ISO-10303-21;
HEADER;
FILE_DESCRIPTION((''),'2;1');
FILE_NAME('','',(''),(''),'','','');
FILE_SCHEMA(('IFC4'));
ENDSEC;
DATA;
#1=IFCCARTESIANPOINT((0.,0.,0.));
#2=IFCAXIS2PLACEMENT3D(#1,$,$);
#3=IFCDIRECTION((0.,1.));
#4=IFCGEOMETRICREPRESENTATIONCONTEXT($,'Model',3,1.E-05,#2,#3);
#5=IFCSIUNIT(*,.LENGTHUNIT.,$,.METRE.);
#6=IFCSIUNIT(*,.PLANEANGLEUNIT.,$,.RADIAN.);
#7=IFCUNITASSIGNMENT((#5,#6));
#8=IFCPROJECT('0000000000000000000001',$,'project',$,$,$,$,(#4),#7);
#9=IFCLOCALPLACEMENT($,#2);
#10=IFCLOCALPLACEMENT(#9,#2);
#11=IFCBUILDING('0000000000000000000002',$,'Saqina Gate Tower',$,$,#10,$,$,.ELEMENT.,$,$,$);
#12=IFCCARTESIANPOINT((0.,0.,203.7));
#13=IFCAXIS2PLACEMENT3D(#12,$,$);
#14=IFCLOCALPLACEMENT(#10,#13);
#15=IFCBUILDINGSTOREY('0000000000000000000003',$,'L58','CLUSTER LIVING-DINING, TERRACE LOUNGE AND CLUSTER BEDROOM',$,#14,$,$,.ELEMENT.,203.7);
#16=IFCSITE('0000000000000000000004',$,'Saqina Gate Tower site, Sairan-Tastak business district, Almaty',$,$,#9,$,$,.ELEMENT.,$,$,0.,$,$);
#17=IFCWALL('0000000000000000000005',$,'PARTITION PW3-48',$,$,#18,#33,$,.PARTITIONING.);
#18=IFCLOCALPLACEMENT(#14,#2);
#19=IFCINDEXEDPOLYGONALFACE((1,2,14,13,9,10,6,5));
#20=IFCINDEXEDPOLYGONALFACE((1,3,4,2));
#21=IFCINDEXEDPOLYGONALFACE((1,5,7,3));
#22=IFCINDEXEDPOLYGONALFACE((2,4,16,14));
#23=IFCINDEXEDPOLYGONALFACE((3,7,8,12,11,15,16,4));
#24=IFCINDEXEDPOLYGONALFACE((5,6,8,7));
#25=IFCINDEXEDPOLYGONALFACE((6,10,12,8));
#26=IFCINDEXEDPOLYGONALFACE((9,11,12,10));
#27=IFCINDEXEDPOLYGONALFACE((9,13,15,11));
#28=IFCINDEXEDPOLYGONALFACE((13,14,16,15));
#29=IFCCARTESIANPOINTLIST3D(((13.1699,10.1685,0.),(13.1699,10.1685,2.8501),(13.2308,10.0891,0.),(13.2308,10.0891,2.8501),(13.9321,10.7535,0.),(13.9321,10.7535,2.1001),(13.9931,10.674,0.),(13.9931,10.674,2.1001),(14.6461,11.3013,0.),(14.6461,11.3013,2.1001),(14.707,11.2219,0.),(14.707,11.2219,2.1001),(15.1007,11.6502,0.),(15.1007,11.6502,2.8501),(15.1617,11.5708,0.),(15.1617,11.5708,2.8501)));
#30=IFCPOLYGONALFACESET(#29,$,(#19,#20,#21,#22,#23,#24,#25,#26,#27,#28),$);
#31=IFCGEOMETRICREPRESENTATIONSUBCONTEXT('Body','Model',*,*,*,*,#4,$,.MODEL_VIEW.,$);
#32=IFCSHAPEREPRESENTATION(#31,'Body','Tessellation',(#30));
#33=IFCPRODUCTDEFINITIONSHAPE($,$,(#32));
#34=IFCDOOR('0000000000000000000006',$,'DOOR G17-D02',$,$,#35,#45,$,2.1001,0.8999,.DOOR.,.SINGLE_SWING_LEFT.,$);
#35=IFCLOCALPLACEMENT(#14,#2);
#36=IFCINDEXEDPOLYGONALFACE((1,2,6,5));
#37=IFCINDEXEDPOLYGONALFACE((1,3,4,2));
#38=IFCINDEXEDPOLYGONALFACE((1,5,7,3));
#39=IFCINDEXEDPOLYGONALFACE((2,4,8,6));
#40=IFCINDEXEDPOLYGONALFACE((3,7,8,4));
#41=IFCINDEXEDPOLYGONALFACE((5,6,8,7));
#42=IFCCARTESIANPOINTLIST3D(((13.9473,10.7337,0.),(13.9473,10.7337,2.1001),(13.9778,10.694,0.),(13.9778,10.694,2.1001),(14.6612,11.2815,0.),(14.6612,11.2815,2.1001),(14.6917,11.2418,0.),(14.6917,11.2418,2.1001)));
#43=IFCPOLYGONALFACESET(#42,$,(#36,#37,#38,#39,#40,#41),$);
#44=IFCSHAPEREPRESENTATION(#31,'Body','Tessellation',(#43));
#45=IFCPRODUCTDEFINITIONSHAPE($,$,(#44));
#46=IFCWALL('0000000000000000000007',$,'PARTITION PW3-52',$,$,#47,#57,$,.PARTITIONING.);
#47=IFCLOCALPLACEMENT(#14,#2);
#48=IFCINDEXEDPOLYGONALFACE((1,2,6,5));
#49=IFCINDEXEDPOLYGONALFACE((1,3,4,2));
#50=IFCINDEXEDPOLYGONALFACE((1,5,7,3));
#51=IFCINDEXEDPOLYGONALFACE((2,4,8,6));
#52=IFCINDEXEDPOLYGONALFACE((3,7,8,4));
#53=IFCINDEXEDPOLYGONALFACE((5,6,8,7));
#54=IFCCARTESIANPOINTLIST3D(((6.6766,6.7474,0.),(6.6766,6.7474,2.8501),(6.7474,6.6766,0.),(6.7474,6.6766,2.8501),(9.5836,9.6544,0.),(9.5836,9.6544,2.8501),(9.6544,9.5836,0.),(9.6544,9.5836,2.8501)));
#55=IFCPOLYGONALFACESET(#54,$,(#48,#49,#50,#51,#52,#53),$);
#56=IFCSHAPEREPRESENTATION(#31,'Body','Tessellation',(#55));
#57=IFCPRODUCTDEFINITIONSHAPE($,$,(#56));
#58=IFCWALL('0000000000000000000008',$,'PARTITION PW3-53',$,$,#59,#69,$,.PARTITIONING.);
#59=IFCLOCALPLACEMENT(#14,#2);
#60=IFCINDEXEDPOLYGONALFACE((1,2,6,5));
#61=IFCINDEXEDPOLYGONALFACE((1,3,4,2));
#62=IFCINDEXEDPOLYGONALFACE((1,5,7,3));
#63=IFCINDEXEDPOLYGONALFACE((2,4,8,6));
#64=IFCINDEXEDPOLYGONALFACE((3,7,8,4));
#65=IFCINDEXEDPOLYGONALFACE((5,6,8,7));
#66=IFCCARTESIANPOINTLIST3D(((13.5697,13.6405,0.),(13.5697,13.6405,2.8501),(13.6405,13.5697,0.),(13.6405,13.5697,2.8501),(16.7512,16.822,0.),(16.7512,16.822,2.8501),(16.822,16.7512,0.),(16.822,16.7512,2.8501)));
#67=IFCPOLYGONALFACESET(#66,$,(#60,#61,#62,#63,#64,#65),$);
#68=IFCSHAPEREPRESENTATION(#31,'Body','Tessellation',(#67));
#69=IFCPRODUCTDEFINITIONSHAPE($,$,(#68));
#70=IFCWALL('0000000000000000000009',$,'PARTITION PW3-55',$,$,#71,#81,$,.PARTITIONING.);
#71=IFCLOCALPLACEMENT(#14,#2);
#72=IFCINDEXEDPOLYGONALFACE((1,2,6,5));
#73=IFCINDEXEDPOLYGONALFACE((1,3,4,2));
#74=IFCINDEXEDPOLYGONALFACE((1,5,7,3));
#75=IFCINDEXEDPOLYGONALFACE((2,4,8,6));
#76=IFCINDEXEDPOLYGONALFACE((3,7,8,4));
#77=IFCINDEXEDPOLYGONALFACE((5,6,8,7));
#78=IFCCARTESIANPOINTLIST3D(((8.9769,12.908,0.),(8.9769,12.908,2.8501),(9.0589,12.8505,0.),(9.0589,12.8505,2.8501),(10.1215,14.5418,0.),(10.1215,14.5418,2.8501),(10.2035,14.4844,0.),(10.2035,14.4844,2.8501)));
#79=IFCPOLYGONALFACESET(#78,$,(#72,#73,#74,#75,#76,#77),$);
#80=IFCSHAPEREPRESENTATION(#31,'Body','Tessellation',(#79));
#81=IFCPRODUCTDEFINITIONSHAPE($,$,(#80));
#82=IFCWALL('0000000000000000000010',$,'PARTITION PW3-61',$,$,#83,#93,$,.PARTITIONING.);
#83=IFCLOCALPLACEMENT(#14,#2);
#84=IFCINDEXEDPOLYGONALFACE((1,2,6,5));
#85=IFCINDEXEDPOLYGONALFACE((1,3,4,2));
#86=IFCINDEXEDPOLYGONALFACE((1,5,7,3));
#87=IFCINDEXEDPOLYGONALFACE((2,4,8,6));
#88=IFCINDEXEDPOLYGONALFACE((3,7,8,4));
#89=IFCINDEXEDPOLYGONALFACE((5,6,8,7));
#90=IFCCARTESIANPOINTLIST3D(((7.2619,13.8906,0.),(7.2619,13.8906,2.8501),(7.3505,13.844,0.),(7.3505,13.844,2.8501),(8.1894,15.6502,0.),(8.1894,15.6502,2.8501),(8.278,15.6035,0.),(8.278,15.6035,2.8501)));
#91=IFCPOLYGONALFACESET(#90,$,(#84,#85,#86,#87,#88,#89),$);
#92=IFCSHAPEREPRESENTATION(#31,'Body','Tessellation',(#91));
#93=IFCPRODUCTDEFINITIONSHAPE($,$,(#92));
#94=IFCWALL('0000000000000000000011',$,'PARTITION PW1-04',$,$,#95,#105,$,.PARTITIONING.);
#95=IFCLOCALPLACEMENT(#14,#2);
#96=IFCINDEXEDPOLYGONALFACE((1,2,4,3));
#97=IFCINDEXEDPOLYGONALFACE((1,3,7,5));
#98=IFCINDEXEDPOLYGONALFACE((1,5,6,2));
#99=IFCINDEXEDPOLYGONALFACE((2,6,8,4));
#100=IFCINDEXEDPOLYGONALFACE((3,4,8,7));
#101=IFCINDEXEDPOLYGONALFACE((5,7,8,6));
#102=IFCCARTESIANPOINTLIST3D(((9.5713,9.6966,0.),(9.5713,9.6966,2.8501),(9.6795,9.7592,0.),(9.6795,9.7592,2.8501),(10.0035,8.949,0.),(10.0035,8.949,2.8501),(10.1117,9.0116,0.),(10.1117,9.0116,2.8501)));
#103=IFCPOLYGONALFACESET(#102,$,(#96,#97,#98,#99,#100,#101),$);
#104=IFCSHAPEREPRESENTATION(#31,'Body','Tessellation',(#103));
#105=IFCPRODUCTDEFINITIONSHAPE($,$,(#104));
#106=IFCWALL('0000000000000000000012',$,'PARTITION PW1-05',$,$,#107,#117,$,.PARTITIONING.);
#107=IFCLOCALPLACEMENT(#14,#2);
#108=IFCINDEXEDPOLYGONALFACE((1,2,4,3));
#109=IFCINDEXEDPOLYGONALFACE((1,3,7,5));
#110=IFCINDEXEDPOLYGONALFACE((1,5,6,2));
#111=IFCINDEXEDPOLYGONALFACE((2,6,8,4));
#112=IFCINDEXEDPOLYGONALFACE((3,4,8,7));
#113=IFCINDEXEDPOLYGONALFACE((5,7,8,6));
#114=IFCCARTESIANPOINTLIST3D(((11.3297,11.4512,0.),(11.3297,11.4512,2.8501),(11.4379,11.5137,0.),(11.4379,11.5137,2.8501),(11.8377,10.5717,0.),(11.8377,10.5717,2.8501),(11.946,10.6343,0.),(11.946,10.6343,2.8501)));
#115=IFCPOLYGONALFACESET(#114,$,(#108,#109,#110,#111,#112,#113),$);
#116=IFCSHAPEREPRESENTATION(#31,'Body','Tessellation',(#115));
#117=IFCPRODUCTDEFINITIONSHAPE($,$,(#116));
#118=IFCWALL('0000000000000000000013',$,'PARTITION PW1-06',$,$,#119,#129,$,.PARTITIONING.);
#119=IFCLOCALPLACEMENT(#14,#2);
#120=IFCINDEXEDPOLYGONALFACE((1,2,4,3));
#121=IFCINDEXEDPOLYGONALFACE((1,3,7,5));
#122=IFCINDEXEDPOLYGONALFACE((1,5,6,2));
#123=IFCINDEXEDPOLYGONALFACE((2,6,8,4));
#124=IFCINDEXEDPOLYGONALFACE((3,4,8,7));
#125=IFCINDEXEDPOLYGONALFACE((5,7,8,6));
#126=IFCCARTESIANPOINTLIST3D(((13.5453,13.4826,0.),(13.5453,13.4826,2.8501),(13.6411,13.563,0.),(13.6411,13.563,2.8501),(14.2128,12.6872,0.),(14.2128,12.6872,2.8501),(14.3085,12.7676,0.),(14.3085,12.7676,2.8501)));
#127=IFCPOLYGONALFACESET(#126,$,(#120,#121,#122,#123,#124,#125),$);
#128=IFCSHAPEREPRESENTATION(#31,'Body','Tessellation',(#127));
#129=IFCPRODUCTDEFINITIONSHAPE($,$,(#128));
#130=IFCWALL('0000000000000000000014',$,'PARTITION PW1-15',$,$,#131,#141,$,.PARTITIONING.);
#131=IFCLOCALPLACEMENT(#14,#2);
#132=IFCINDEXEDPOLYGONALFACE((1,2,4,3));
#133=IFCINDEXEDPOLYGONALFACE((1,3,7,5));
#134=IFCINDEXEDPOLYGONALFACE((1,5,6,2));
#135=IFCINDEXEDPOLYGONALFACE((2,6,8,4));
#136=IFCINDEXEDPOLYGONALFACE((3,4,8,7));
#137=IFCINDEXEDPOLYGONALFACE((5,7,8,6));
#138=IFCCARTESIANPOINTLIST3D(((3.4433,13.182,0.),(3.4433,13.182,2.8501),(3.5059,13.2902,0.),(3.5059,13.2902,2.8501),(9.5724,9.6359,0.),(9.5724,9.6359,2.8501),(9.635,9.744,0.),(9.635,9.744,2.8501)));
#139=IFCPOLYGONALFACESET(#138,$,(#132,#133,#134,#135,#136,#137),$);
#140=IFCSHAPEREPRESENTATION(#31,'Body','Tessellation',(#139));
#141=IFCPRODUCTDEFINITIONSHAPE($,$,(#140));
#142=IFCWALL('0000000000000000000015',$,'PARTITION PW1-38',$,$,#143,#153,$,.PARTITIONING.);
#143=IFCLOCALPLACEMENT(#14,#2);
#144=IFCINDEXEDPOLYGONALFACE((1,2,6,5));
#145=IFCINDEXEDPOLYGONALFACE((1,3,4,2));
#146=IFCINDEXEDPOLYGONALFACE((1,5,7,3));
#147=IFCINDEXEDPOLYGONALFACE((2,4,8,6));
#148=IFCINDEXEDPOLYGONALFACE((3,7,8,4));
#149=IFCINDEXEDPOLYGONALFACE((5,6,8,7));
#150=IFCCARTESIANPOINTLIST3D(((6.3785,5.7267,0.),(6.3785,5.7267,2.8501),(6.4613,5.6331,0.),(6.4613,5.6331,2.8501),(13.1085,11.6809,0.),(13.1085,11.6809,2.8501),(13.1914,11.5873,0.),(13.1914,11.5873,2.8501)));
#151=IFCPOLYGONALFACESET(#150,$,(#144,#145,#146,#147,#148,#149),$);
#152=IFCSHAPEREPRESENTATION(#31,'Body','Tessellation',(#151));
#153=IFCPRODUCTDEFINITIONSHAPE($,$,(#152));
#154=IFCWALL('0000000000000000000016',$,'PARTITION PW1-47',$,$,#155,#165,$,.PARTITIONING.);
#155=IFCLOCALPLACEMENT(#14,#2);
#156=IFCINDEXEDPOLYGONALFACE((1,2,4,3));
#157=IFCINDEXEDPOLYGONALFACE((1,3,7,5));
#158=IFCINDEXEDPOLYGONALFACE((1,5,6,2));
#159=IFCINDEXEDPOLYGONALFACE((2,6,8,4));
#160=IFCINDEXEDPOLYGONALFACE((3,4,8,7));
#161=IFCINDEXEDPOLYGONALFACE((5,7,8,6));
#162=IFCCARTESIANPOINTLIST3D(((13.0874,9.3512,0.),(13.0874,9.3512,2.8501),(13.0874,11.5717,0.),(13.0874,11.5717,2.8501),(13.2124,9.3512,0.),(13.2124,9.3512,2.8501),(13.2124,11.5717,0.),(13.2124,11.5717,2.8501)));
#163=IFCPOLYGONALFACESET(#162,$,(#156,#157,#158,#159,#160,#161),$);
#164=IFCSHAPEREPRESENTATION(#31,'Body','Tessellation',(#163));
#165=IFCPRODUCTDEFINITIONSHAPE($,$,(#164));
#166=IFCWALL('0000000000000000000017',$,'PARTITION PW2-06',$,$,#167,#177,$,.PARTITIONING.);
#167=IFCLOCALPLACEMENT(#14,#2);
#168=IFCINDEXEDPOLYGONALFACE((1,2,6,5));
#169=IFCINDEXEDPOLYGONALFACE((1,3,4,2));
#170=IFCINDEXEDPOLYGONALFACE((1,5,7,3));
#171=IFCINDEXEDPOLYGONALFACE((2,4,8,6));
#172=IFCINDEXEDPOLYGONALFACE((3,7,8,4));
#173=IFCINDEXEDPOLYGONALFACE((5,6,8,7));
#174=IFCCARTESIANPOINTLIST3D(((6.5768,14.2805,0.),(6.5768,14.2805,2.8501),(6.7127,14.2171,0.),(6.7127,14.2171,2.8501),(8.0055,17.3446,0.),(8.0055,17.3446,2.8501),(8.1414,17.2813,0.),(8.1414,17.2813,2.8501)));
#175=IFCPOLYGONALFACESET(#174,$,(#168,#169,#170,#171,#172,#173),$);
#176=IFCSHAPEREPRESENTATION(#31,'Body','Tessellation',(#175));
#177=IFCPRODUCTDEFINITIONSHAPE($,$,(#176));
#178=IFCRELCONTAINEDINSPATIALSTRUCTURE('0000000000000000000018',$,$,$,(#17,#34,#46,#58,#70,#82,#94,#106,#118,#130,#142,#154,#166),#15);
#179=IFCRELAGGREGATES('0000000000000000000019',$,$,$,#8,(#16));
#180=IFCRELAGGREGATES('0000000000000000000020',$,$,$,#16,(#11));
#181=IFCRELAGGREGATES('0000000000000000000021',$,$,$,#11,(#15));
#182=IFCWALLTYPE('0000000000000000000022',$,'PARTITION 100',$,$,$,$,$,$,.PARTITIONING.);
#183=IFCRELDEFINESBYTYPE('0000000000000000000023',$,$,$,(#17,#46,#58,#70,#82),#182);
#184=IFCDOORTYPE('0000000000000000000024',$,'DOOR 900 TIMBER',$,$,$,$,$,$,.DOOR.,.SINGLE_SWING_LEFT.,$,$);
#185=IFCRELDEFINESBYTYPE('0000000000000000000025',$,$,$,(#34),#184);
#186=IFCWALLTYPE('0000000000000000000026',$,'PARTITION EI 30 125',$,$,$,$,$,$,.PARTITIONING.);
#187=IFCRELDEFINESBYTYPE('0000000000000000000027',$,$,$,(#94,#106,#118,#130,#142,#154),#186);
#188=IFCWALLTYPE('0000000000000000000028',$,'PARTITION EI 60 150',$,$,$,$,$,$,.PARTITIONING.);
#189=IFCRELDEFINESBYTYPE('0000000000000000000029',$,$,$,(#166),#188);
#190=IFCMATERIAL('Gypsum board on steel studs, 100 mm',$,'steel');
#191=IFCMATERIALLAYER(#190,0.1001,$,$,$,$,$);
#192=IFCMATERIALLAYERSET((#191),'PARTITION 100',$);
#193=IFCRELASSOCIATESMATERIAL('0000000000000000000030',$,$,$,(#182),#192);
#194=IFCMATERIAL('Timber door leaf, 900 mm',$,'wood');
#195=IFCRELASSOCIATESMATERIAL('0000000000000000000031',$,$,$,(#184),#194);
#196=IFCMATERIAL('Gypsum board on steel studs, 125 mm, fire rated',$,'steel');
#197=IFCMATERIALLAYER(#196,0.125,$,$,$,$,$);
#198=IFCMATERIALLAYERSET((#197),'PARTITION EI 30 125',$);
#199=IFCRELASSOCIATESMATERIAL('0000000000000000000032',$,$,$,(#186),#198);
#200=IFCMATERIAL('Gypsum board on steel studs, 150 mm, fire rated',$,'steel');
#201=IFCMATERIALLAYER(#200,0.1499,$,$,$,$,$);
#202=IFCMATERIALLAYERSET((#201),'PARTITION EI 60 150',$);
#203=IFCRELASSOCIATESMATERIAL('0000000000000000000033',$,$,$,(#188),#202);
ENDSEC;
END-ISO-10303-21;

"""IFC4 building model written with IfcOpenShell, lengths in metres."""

from ifc_helpers import new_model, si_unit, direction, frame, frame_2d, origin, place, context, subcontext, project, spatial, rectangle, extrude, material, layer, layer_set, type_object, element, fill, save


model = new_model("IFC4")

# Units and contexts
model_context = context("Model", 3, precision=1e-05, world=origin(), true_north=direction((0.0, 1.0)))
body_context = subcontext(model_context, "Body", "Model", "MODEL_VIEW")
ifc_project = project(units=[si_unit("LENGTHUNIT", "METRE"), si_unit("PLANEANGLEUNIT", "RADIAN")], contexts=[model_context])

# Site, building, storey
site_placement = place(None, origin())
site = spatial("IfcSite", under=ifc_project, at=site_placement, Name="Saqina Gate Tower site, Sairan-Tastak business district, Almaty", CompositionType="ELEMENT", RefElevation=0.0)
building_placement = place(site_placement, origin())
building = spatial("IfcBuilding", under=site, at=building_placement, Name="Saqina Gate Tower", CompositionType="ELEMENT")
storey_placement = place(building_placement, frame((0.0, 0.0, 203.7)))
storey = spatial("IfcBuildingStorey", under=building, at=storey_placement, Name="L58", Description="CLUSTER LIVING-DINING, TERRACE LOUNGE AND CLUSTER BEDROOM", CompositionType="ELEMENT", Elevation=203.7)

# Shared definitions
ifc_material_1 = material(Name="Gypsum board on steel studs, 100 mm", Category="steel")
ifc_layer_1 = layer(ifc_material_1, 0.1001)
ifc_layer_set_1 = layer_set([ifc_layer_1], Name="PARTITION 100")
wall_type_1 = type_object("IfcWallType", Name="PARTITION 100", PredefinedType="PARTITIONING", material=ifc_layer_set_1)

# Wall, opening, door
wall_1_placement = place(storey_placement, frame((13.2004, 10.1289, 0.0), z_axis=(0.0, 0.0, 1.0), x_axis=(0.793343, 0.608775, 0.0)))
wall_1 = element("IfcWall", 1, at=wall_1_placement, inside=storey, type_object=wall_type_1, Name="PARTITION PW3-48", PredefinedType="PARTITIONING", context=body_context, shape_type="SweptSolid", body=[
    extrude(rectangle(XDim=2.4338, YDim=0.1001, at=frame_2d((1.2168, 0.0))), origin(), (0.0, 0.0, 1.0), 2.8501),
])
opening_1_placement = place(wall_1_placement, frame((0.9607, 0.0, 0.0)))
opening_1 = element("IfcOpeningElement", 2, at=opening_1_placement, cuts=wall_1, PredefinedType="OPENING", context=body_context, shape_type="SweptSolid", body=[
    extrude(rectangle(XDim=0.8999, YDim=2.1001, at=frame_2d((0.45, 1.05))), frame((0.0, 0.062, 0.0), z_axis=(0.0, -1.0, 0.0), x_axis=(1.0, 0.0, 0.0)), (0.0, 0.0, 1.0), 0.124),
])
ifc_material_2 = material(Name="Timber door leaf, 900 mm", Category="wood")
door_type_1 = type_object("IfcDoorType", Name="DOOR 900 TIMBER", OperationType="SINGLE_SWING_LEFT", PredefinedType="DOOR", material=ifc_material_2)
door_1_placement = place(opening_1_placement, frame((0.8999, 0.0, 0.0), z_axis=(0.0, 0.0, 1.0), x_axis=(-1.0, 0.0, 0.0)))
door_1 = element("IfcDoor", 3, at=door_1_placement, inside=storey, type_object=door_type_1, Name="DOOR G17-D02", OperationType="SINGLE_SWING_LEFT", OverallHeight=2.1001, OverallWidth=0.8999, PredefinedType="DOOR", context=body_context, shape_type="SweptSolid", body=[
    extrude(rectangle(XDim=0.8999, YDim=2.1001, at=frame_2d((0.45, 1.05))), frame((0.0, 0.0249, 0.0), z_axis=(0.0, -1.0, 0.0), x_axis=(1.0, 0.0, 0.0)), (0.0, 0.0, 1.0), 0.05),
])
fill(opening_1, door_1)

# Walls
wall_2_placement = place(storey_placement, frame((6.7119, 6.7119, 0.0), z_axis=(0.0, 0.0, 1.0), x_axis=(0.707107, 0.707107, 0.0)))
element("IfcWall", 4, at=wall_2_placement, inside=storey, type_object=wall_type_1, Name="PARTITION PW3-52", PredefinedType="PARTITIONING", context=body_context, shape_type="SweptSolid", body=[
    extrude(rectangle(XDim=4.1111, YDim=0.1001, at=frame_2d((2.0557, 0.0))), origin(), (0.0, 0.0, 1.0), 2.8501),
])
wall_3_placement = place(storey_placement, frame((13.6052, 13.6052, 0.0), z_axis=(0.0, 0.0, 1.0), x_axis=(0.707107, 0.707107, 0.0)))
element("IfcWall", 5, at=wall_3_placement, inside=storey, type_object=wall_type_1, Name="PARTITION PW3-53", PredefinedType="PARTITIONING", context=body_context, shape_type="SweptSolid", body=[
    extrude(rectangle(XDim=4.4993, YDim=0.1001, at=frame_2d((2.2495, 0.0))), origin(), (0.0, 0.0, 1.0), 2.8501),
])
wall_4_placement = place(storey_placement, frame((9.0178, 12.8792, 0.0), z_axis=(0.0, 0.0, 1.0), x_axis=(0.573758, 0.819025, 0.0)))
element("IfcWall", 6, at=wall_4_placement, inside=storey, type_object=wall_type_1, Name="PARTITION PW3-55", PredefinedType="PARTITIONING", context=body_context, shape_type="SweptSolid", body=[
    extrude(rectangle(XDim=1.9949, YDim=0.1001, at=frame_2d((0.9976, 0.0))), origin(), (0.0, 0.0, 1.0), 2.8501),
])
wall_5_placement = place(storey_placement, frame((7.3062, 13.8672, 0.0), z_axis=(0.0, 0.0, 1.0), x_axis=(0.466308, 0.884622, 0.0)))
element("IfcWall", 7, at=wall_5_placement, inside=storey, type_object=wall_type_1, Name="PARTITION PW3-61", PredefinedType="PARTITIONING", context=body_context, shape_type="SweptSolid", body=[
    extrude(rectangle(XDim=1.989, YDim=0.1001, at=frame_2d((0.9946, 0.0))), origin(), (0.0, 0.0, 1.0), 2.8501),
])
ifc_material_3 = material(Name="Gypsum board on steel studs, 125 mm, fire rated", Category="steel")
ifc_layer_2 = layer(ifc_material_3, 0.125)
ifc_layer_set_2 = layer_set([ifc_layer_2], Name="PARTITION EI 30 125")
wall_type_2 = type_object("IfcWallType", Name="PARTITION EI 30 125", PredefinedType="PARTITIONING", material=ifc_layer_set_2)
wall_6_placement = place(storey_placement, frame((9.6255, 9.7278, 0.0), z_axis=(0.0, 0.0, 1.0), x_axis=(0.500457, -0.865762, 0.0)))
element("IfcWall", 8, at=wall_6_placement, inside=storey, type_object=wall_type_2, Name="PARTITION PW1-04", PredefinedType="PARTITIONING", context=body_context, shape_type="SweptSolid", body=[
    extrude(rectangle(XDim=0.8635, YDim=0.125, at=frame_2d((0.4316, 0.0))), origin(), (0.0, 0.0, 1.0), 2.8501),
])
wall_7_placement = place(storey_placement, frame((11.3838, 11.4824, 0.0), z_axis=(0.0, 0.0, 1.0), x_axis=(0.50025, -0.865881, 0.0)))
element("IfcWall", 9, at=wall_7_placement, inside=storey, type_object=wall_type_2, Name="PARTITION PW1-05", PredefinedType="PARTITIONING", context=body_context, shape_type="SweptSolid", body=[
    extrude(rectangle(XDim=1.0156, YDim=0.125, at=frame_2d((0.5078, 0.0))), origin(), (0.0, 0.0, 1.0), 2.8501),
])
wall_8_placement = place(storey_placement, frame((13.5933, 13.5227, 0.0), z_axis=(0.0, 0.0, 1.0), x_axis=(0.642817, -0.76602, 0.0)))
element("IfcWall", 10, at=wall_8_placement, inside=storey, type_object=wall_type_2, Name="PARTITION PW1-06", PredefinedType="PARTITIONING", context=body_context, shape_type="SweptSolid", body=[
    extrude(rectangle(XDim=1.0383, YDim=0.125, at=frame_2d((0.519, 0.0))), origin(), (0.0, 0.0, 1.0), 2.8501),
])
wall_9_placement = place(storey_placement, frame((3.4746, 13.2361, 0.0), z_axis=(0.0, 0.0, 1.0), x_axis=(0.865568, -0.500792, 0.0)))
element("IfcWall", 11, at=wall_9_placement, inside=storey, type_object=wall_type_2, Name="PARTITION PW1-15", PredefinedType="PARTITIONING", context=body_context, shape_type="SweptSolid", body=[
    extrude(rectangle(XDim=7.0811, YDim=0.125, at=frame_2d((3.5405, 0.0))), origin(), (0.0, 0.0, 1.0), 2.8501),
])
wall_10_placement = place(storey_placement, frame((6.4199, 5.6799, 0.0), z_axis=(0.0, 0.0, 1.0), x_axis=(0.74896, 0.662615, 0.0)))
element("IfcWall", 12, at=wall_10_placement, inside=storey, type_object=wall_type_2, Name="PARTITION PW1-38", PredefinedType="PARTITIONING", context=body_context, shape_type="SweptSolid", body=[
    extrude(rectangle(XDim=8.9858, YDim=0.125, at=frame_2d((4.4929, 0.0))), origin(), (0.0, 0.0, 1.0), 2.8501),
])
wall_11_placement = place(storey_placement, frame((13.1499, 9.3511, 0.0), z_axis=(0.0, 0.0, 1.0), x_axis=(0.0, 1.0, 0.0)))
element("IfcWall", 13, at=wall_11_placement, inside=storey, type_object=wall_type_2, Name="PARTITION PW1-47", PredefinedType="PARTITIONING", context=body_context, shape_type="SweptSolid", body=[
    extrude(rectangle(XDim=2.2205, YDim=0.125, at=frame_2d((1.1104, 0.0))), origin(), (0.0, 0.0, 1.0), 2.8501),
])
ifc_material_4 = material(Name="Gypsum board on steel studs, 150 mm, fire rated", Category="steel")
ifc_layer_3 = layer(ifc_material_4, 0.1499)
ifc_layer_set_3 = layer_set([ifc_layer_3], Name="PARTITION EI 60 150")
wall_type_3 = type_object("IfcWallType", Name="PARTITION EI 60 150", PredefinedType="PARTITIONING", material=ifc_layer_set_3)
wall_12_placement = place(storey_placement, frame((6.6448, 14.2488, 0.0), z_axis=(0.0, 0.0, 1.0), x_axis=(0.422581, 0.906325, 0.0)))
element("IfcWall", 14, at=wall_12_placement, inside=storey, type_object=wall_type_3, Name="PARTITION PW2-06", PredefinedType="PARTITIONING", context=body_context, shape_type="SweptSolid", body=[
    extrude(rectangle(XDim=3.3809, YDim=0.1499, at=frame_2d((1.6904, 0.0))), origin(), (0.0, 0.0, 1.0), 2.8501),
])

save(model, "model.ifc")
